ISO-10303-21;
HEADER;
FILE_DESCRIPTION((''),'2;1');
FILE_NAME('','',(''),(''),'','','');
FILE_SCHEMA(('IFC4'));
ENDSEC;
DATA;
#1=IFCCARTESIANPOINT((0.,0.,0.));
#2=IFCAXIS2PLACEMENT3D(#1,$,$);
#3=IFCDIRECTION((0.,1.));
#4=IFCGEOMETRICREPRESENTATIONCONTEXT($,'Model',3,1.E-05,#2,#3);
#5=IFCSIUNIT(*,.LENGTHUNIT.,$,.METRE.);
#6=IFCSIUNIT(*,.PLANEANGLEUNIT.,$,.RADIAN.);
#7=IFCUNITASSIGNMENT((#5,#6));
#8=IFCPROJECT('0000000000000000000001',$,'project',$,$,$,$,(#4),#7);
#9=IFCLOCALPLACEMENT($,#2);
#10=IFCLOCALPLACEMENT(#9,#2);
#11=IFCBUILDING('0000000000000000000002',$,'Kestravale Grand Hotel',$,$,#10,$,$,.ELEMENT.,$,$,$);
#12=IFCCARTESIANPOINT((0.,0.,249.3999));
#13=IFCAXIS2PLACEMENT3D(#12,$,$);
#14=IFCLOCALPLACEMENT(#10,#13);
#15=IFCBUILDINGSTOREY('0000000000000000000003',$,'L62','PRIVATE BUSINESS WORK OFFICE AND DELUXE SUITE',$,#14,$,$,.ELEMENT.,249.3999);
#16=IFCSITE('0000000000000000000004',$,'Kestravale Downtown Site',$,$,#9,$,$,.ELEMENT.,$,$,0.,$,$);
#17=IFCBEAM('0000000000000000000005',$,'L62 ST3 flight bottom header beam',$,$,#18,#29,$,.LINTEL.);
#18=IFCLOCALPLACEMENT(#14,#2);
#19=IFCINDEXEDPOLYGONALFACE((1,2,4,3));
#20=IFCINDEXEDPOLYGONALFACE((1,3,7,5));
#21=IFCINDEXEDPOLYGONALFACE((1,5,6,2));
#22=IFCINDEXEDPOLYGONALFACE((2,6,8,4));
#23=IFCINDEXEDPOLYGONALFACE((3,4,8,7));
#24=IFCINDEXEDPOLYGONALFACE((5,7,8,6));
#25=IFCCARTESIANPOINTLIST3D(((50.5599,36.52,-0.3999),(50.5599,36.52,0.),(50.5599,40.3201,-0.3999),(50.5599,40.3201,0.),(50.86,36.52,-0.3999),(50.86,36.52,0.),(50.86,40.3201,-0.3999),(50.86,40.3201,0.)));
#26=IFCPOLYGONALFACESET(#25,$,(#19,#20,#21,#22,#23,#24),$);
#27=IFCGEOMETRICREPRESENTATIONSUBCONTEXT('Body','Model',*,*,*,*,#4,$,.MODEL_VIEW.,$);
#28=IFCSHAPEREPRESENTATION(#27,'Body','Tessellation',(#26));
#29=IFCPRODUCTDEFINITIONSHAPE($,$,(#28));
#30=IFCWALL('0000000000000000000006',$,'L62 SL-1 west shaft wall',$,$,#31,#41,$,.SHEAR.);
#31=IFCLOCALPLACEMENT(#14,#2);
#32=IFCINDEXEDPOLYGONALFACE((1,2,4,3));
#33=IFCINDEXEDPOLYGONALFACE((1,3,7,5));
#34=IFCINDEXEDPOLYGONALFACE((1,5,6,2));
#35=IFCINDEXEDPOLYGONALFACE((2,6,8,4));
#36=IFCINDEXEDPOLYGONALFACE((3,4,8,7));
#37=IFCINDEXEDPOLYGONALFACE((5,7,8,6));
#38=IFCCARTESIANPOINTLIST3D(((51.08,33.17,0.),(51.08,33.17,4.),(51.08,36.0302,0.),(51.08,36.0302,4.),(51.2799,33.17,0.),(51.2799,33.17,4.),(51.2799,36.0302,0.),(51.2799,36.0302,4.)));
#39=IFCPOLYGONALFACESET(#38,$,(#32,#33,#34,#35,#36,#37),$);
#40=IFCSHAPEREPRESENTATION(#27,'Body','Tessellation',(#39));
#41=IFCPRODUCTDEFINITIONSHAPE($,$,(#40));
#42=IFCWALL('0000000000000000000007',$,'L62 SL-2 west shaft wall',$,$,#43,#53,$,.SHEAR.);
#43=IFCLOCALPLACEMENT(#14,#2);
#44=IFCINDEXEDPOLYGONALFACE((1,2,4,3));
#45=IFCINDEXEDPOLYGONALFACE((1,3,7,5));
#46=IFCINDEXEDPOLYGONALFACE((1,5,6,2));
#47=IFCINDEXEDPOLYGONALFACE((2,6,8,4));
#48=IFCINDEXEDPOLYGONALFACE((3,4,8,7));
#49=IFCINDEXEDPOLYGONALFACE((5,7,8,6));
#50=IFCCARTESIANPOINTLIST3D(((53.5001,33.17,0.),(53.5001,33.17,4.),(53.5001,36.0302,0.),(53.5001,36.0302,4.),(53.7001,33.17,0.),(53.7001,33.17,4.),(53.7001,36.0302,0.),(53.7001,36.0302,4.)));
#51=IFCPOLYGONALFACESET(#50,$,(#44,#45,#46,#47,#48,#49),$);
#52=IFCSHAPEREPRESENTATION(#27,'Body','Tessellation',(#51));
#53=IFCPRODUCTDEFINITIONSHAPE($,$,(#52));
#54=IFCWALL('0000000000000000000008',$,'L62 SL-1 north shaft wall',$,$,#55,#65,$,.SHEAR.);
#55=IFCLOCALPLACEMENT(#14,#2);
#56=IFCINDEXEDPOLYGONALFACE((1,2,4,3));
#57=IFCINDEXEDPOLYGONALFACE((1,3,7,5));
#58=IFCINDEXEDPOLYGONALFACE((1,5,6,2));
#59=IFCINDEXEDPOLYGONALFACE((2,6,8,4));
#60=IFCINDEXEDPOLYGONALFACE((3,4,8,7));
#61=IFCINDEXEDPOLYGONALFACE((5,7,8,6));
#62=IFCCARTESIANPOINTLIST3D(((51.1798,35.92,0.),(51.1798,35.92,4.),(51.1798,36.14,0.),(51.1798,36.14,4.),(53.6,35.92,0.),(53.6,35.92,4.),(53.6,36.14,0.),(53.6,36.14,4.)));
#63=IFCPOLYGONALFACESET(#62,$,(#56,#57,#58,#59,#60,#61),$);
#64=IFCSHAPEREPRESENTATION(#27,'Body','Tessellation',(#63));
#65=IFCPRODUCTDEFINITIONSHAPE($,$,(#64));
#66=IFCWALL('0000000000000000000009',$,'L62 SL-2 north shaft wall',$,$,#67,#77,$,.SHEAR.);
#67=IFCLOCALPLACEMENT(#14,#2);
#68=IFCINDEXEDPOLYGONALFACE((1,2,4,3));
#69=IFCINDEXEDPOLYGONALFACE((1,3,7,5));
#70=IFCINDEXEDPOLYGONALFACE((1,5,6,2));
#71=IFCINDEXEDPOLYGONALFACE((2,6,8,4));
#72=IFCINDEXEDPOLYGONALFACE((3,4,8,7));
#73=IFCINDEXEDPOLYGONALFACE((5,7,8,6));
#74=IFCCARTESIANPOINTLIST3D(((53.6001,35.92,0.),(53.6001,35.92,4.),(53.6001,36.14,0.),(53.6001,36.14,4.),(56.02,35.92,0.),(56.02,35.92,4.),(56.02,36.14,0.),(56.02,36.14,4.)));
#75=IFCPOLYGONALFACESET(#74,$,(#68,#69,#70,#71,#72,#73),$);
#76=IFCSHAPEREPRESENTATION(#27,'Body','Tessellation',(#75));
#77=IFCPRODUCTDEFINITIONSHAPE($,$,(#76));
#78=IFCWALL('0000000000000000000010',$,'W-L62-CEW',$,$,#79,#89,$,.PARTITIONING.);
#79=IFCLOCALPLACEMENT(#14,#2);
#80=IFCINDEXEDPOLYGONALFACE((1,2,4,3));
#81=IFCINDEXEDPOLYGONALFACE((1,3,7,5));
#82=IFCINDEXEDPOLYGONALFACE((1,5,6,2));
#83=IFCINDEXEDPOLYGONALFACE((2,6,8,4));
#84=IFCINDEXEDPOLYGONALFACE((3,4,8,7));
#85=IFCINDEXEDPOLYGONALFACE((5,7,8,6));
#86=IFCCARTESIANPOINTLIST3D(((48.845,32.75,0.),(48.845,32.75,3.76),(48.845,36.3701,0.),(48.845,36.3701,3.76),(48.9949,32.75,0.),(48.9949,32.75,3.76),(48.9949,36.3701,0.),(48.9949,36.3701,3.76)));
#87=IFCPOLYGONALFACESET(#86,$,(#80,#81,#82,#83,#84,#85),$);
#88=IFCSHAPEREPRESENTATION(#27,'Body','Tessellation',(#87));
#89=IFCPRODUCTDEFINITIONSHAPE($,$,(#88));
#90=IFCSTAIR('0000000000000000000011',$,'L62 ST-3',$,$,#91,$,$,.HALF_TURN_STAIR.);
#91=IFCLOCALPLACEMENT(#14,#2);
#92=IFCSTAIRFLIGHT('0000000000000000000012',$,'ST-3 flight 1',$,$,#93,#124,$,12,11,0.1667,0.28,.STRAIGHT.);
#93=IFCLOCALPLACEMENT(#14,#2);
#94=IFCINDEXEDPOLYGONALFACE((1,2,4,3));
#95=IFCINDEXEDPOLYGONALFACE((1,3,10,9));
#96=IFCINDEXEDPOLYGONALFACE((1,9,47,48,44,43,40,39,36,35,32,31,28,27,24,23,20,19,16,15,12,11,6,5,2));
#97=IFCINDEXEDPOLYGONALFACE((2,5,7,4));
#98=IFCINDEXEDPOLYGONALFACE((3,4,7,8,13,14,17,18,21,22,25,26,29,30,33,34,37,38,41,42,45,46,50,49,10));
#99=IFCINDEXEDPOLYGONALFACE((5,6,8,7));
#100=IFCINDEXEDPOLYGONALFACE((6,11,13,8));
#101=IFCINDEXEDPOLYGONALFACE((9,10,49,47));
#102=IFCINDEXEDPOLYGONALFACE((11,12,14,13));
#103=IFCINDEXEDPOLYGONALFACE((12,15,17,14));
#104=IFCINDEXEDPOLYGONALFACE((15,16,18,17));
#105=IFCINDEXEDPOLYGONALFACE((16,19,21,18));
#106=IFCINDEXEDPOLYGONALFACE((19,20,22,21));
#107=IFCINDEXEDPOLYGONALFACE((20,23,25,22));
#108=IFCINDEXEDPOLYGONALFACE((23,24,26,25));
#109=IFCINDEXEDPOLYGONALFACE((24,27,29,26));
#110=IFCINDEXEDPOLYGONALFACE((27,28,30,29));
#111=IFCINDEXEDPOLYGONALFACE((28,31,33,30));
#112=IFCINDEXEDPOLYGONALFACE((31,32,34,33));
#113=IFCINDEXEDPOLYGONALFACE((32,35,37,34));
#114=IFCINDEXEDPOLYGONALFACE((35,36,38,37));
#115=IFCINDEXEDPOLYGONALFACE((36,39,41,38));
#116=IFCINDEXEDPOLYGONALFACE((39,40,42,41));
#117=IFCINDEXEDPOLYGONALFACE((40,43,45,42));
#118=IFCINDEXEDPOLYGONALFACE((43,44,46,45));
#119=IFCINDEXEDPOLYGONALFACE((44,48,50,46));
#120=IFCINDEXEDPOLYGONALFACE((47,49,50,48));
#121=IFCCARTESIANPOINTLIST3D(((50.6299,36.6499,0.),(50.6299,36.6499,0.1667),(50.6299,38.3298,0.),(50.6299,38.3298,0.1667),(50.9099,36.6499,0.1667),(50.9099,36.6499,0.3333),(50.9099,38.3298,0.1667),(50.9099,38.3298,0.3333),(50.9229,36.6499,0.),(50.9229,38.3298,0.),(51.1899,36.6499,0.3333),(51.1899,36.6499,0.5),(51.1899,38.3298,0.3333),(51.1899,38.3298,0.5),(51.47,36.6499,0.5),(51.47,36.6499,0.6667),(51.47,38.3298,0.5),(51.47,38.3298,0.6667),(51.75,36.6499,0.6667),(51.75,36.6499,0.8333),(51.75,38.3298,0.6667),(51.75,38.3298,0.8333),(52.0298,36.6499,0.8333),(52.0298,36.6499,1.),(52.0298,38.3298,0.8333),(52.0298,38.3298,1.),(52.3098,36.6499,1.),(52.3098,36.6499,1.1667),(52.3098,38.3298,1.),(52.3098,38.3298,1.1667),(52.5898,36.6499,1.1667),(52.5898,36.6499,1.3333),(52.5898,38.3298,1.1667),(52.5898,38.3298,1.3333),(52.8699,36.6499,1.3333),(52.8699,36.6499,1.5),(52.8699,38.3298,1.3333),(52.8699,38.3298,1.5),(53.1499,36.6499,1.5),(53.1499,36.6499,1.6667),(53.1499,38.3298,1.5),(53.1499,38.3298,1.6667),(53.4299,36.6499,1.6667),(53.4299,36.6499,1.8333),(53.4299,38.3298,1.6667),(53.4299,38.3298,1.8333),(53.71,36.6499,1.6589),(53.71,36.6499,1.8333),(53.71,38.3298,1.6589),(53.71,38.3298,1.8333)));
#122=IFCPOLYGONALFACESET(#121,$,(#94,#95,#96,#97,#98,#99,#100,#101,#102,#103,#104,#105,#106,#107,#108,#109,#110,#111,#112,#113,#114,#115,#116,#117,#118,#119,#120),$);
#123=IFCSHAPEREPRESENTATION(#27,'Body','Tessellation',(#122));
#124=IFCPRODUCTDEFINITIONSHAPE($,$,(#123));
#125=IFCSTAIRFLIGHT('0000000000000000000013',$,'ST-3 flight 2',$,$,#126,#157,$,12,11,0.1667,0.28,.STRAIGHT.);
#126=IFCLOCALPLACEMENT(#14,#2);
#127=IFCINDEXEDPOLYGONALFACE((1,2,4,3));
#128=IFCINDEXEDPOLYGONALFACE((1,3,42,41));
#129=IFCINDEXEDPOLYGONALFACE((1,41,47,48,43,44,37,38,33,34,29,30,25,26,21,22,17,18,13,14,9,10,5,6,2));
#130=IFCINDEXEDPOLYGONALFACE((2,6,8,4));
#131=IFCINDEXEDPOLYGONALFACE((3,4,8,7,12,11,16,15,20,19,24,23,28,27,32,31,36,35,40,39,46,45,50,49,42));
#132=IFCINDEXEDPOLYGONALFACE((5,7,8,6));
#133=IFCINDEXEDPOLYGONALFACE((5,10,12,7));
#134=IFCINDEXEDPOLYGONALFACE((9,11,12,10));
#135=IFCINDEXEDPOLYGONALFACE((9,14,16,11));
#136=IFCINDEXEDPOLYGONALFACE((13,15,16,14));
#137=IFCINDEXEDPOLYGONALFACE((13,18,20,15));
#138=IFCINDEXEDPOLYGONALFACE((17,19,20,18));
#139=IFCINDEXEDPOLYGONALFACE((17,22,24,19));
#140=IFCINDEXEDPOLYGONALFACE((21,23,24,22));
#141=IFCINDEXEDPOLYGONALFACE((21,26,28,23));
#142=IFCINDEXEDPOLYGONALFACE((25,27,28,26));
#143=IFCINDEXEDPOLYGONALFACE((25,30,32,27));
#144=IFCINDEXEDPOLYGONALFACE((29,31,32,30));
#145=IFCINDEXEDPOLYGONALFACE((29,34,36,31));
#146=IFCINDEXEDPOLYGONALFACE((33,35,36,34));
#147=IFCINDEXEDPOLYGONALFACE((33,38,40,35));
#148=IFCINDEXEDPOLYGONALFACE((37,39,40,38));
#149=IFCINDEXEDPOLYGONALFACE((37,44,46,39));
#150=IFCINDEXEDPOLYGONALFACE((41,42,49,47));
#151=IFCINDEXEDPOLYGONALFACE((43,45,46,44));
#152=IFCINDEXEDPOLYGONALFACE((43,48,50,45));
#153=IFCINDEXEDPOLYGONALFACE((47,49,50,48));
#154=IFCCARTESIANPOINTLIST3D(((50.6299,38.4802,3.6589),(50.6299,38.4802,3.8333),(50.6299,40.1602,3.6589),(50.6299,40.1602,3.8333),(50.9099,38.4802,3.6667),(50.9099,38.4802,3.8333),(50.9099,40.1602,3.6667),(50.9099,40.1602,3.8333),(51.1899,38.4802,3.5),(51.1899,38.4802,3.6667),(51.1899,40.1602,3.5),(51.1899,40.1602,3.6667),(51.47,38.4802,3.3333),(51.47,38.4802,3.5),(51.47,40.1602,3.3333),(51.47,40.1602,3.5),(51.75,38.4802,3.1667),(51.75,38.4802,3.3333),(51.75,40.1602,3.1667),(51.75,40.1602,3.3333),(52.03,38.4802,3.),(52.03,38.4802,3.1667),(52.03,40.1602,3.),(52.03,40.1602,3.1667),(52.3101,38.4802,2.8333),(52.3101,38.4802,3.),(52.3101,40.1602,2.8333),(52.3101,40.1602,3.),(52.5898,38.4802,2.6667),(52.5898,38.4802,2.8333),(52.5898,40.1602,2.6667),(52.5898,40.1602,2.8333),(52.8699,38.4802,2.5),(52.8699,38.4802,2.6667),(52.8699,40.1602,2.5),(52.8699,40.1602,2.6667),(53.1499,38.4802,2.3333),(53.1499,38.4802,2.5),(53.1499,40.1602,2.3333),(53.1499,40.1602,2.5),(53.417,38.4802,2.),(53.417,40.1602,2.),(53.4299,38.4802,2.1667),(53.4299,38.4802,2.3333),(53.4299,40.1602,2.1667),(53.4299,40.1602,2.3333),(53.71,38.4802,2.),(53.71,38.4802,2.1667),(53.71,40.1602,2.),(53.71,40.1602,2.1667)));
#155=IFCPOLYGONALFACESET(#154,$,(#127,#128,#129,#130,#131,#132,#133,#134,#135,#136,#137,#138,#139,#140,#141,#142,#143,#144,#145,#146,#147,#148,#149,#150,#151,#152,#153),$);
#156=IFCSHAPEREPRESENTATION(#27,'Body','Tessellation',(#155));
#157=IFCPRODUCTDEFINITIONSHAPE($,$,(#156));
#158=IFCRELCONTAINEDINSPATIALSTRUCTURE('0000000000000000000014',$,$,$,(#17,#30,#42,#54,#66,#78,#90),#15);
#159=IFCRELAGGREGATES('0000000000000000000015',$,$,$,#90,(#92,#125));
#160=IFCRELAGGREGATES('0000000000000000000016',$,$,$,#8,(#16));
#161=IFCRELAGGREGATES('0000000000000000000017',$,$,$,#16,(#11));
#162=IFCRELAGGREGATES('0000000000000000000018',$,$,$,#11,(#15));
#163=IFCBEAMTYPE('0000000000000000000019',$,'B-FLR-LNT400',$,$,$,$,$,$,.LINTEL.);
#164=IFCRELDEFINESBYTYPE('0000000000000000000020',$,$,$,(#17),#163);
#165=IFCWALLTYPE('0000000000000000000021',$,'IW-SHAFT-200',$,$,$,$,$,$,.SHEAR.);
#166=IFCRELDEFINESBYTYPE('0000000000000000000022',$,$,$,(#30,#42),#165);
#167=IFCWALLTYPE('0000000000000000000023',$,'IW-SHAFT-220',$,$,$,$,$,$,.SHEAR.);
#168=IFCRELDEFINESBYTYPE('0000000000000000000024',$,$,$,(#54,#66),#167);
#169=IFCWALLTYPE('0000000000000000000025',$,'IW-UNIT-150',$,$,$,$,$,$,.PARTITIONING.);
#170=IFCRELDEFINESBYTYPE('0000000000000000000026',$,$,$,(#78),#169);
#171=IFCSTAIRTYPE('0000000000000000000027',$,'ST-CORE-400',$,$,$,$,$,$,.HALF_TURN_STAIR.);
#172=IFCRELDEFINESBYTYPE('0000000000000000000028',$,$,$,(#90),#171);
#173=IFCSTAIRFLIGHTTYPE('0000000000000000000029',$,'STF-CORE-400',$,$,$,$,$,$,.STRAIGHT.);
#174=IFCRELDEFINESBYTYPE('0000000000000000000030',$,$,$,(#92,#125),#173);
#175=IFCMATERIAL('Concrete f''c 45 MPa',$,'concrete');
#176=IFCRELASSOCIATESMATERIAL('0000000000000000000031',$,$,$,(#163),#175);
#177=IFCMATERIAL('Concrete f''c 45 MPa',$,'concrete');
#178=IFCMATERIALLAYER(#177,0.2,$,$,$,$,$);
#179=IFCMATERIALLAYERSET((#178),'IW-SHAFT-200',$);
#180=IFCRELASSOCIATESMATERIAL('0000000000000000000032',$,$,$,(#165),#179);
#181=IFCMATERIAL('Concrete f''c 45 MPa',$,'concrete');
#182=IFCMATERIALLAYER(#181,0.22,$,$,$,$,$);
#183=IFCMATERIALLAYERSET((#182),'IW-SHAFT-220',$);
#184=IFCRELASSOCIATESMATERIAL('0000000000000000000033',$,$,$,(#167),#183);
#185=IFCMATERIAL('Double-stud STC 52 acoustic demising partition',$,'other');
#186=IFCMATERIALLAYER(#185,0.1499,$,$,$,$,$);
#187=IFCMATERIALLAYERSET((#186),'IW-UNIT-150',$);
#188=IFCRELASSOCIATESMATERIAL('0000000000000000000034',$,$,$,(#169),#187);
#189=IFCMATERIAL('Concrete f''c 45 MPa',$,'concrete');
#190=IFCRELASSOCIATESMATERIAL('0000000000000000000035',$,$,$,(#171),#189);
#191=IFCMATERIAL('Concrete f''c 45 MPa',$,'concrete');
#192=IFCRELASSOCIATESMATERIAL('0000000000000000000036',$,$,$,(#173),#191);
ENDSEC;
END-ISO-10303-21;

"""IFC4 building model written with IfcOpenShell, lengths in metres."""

from ifc_helpers import new_model, si_unit, direction, frame, frame_2d, origin, origin_2d, place, context, subcontext, project, spatial, polyline, rectangle, outline, extrude, material, layer, layer_set, material_profile, profile_set, type_object, element, aggregate, save


model = new_model("IFC4")

# Units and contexts
model_context = context("Model", 3, precision=1e-05, world=origin(), true_north=direction((0.0, 1.0)))
body_context = subcontext(model_context, "Body", "Model", "MODEL_VIEW")
ifc_project = project(units=[si_unit("LENGTHUNIT", "METRE"), si_unit("PLANEANGLEUNIT", "RADIAN")], contexts=[model_context])

# Site, building, storey
site_placement = place(None, origin())
site = spatial("IfcSite", under=ifc_project, at=site_placement, Name="Kestravale Downtown Site", CompositionType="ELEMENT", RefElevation=0.0)
building_placement = place(site_placement, origin())
building = spatial("IfcBuilding", under=site, at=building_placement, Name="Kestravale Grand Hotel", CompositionType="ELEMENT")
storey_placement = place(building_placement, frame((0.0, 0.0, 249.3999)))
storey = spatial("IfcBuildingStorey", under=building, at=storey_placement, Name="L62", Description="PRIVATE BUSINESS WORK OFFICE AND DELUXE SUITE", CompositionType="ELEMENT", Elevation=249.3999)

# Beam
ifc_material_1 = material(Name="Concrete f'c 45 MPa", Category="concrete")
ifc_material_profile = material_profile(ifc_material_1, rectangle(XDim=0.3, YDim=0.3999, at=origin_2d()))
ifc_profile_set = profile_set([ifc_material_profile], Name="Concrete f'c 45 MPa")
beam_type = type_object("IfcBeamType", Name="B-FLR-LNT400", PredefinedType="LINTEL", material=ifc_profile_set)
beam_placement = place(storey_placement, frame((50.71, 36.52, -0.2), z_axis=(0.0, 1.0, 0.0), x_axis=(-1.0, 0.0, 0.0)))
element("IfcBeam", 1, at=beam_placement, inside=storey, type_object=beam_type, Name="L62 ST3 flight bottom header beam", PredefinedType="LINTEL", context=body_context, shape_type="SweptSolid", body=[
    extrude(rectangle(XDim=0.3, YDim=0.3999, at=origin_2d()), origin(), (0.0, 0.0, 1.0), 3.8),
])

# Walls
ifc_material_2 = material(Name="Concrete f'c 45 MPa", Category="concrete")
ifc_layer_1 = layer(ifc_material_2, 0.2)
ifc_layer_set_1 = layer_set([ifc_layer_1], Name="IW-SHAFT-200")
wall_type_1 = type_object("IfcWallType", Name="IW-SHAFT-200", PredefinedType="SHEAR", material=ifc_layer_set_1)
for number, where, z_axis, x_axis, name in (
    (2, (51.1799, 33.1699, 0.0), (0.0, 0.0, 1.0), (0.0, 1.0, 0.0), "L62 SL-1 west shaft wall"),
    (3, (53.6001, 33.1699, 0.0), (0.0, 0.0, 1.0), (0.0, 1.0, 0.0), "L62 SL-2 west shaft wall"),
):
    element("IfcWall", number, at=place(storey_placement, frame(where, z_axis=z_axis, x_axis=x_axis)), inside=storey, type_object=wall_type_1, Name=name, PredefinedType="SHEAR", context=body_context, shape_type="SweptSolid", body=[
        extrude(rectangle(XDim=2.8601, YDim=0.2, at=frame_2d((1.4302, 0.0))), origin(), (0.0, 0.0, 1.0), 4.0),
    ])
ifc_material_3 = material(Name="Concrete f'c 45 MPa", Category="concrete")
ifc_layer_2 = layer(ifc_material_3, 0.22)
ifc_layer_set_2 = layer_set([ifc_layer_2], Name="IW-SHAFT-220")
wall_type_2 = type_object("IfcWallType", Name="IW-SHAFT-220", PredefinedType="SHEAR", material=ifc_layer_set_2)
wall_1_placement = place(storey_placement, frame((51.1799, 36.03, 0.0), z_axis=(0.0, 0.0, 1.0), x_axis=(1.0, 0.0, 0.0)))
element("IfcWall", 4, at=wall_1_placement, inside=storey, type_object=wall_type_2, Name="L62 SL-1 north shaft wall", PredefinedType="SHEAR", context=body_context, shape_type="SweptSolid", body=[
    extrude(rectangle(XDim=2.4202, YDim=0.22, at=frame_2d((1.21, 0.0))), origin(), (0.0, 0.0, 1.0), 4.0),
])

# Wall
wall_2_placement = place(storey_placement, frame((53.6001, 36.03, 0.0), z_axis=(0.0, 0.0, 1.0), x_axis=(1.0, 0.0, 0.0)))
element("IfcWall", 5, at=wall_2_placement, inside=storey, type_object=wall_type_2, Name="L62 SL-2 north shaft wall", PredefinedType="SHEAR", context=body_context, shape_type="SweptSolid", body=[
    extrude(rectangle(XDim=2.4199, YDim=0.22, at=frame_2d((1.21, 0.0))), origin(), (0.0, 0.0, 1.0), 4.0),
])

# Wall
ifc_material_4 = material(Name="Double-stud STC 52 acoustic demising partition", Category="other")
ifc_layer_3 = layer(ifc_material_4, 0.1499)
ifc_layer_set_3 = layer_set([ifc_layer_3], Name="IW-UNIT-150")
wall_type_3 = type_object("IfcWallType", Name="IW-UNIT-150", PredefinedType="PARTITIONING", material=ifc_layer_set_3)
wall_3_placement = place(storey_placement, frame((48.9199, 32.75, 0.0), z_axis=(0.0, 0.0, 1.0), x_axis=(0.0, 1.0, 0.0)))
element("IfcWall", 6, at=wall_3_placement, inside=storey, type_object=wall_type_3, Name="W-L62-CEW", PredefinedType="PARTITIONING", context=body_context, shape_type="SweptSolid", body=[
    extrude(rectangle(XDim=3.6201, YDim=0.1499, at=frame_2d((1.8101, 0.0))), origin(), (0.0, 0.0, 1.0), 3.76),
])

# Stair, stair flights
ifc_material_5 = material(Name="Concrete f'c 45 MPa", Category="concrete")
stair_type = type_object("IfcStairType", Name="ST-CORE-400", PredefinedType="HALF_TURN_STAIR", material=ifc_material_5)
stair_placement = place(storey_placement, origin())
stair = element("IfcStair", 7, at=stair_placement, inside=storey, type_object=stair_type, Name="L62 ST-3", PredefinedType="HALF_TURN_STAIR")
ifc_material_6 = material(Name="Concrete f'c 45 MPa", Category="concrete")
stair_flight_type = type_object("IfcStairFlightType", Name="STF-CORE-400", PredefinedType="STRAIGHT", material=ifc_material_6)
stair_flight_1_placement = place(storey_placement, frame((50.6299, 37.49, 0.0), z_axis=(0.0, 0.0, 1.0), x_axis=(1.0, 0.0, 0.0)))
stair_flight_1 = element("IfcStairFlight", 8, at=stair_flight_1_placement, type_object=stair_flight_type, Name="ST-3 flight 1", NumberOfRisers=12, NumberOfTreads=11, PredefinedType="STRAIGHT", RiserHeight=0.1667, TreadLength=0.28, context=body_context, shape_type="SweptSolid", body=[
    extrude(outline(polyline([(0.0, 0.0), (0.0, 0.1667), (0.28, 0.1667), (0.28, 0.3333), (0.5601, 0.3333), (0.5601, 0.5), (0.8401, 0.5), (0.8401, 0.6667), (1.1201, 0.6667), (1.1201, 0.8333), (1.3999, 0.8333), (1.3999, 1.0), (1.6799, 1.0), (1.6799, 1.1667), (1.96, 1.1667), (1.96, 1.3333), (2.24, 1.3333), (2.24, 1.5), (2.52, 1.5), (2.52, 1.6667), (2.8, 1.6667), (2.8, 1.8333), (3.0801, 1.8333), (3.0801, 2.0), (3.0801, 1.6589), (0.293, 0.0), (0.0, 0.0)])), frame((0.0, 0.8398, 0.0), z_axis=(0.0, -1.0, 0.0), x_axis=(1.0, 0.0, 0.0)), (0.0, 0.0, 1.0), 1.6799),
])
stair_flight_2_placement = place(storey_placement, frame((53.71, 39.3201, 2.0), z_axis=(0.0, 0.0, 1.0), x_axis=(-1.0, 0.0, 0.0)))
stair_flight_2 = element("IfcStairFlight", 9, at=stair_flight_2_placement, type_object=stair_flight_type, Name="ST-3 flight 2", NumberOfRisers=12, NumberOfTreads=11, PredefinedType="STRAIGHT", RiserHeight=0.1667, TreadLength=0.28, context=body_context, shape_type="SweptSolid", body=[
    extrude(outline(polyline([(0.0, 0.0), (0.0, 0.1667), (0.28, 0.1667), (0.28, 0.3333), (0.5601, 0.3333), (0.5601, 0.5), (0.8401, 0.5), (0.8401, 0.6667), (1.1201, 0.6667), (1.1201, 0.8333), (1.3999, 0.8333), (1.3999, 1.0), (1.6799, 1.0), (1.6799, 1.1667), (1.96, 1.1667), (1.96, 1.3333), (2.24, 1.3333), (2.24, 1.5), (2.52, 1.5), (2.52, 1.6667), (2.8, 1.6667), (2.8, 1.8333), (3.0801, 1.8333), (3.0801, 2.0), (3.0801, 1.6589), (0.293, 0.0), (0.0, 0.0)])), frame((0.0, 0.8398, 0.0), z_axis=(0.0, -1.0, 0.0), x_axis=(1.0, 0.0, 0.0)), (0.0, 0.0, 1.0), 1.6799),
])
aggregate(stair, [stair_flight_1, stair_flight_2])

save(model, "model.ifc")
